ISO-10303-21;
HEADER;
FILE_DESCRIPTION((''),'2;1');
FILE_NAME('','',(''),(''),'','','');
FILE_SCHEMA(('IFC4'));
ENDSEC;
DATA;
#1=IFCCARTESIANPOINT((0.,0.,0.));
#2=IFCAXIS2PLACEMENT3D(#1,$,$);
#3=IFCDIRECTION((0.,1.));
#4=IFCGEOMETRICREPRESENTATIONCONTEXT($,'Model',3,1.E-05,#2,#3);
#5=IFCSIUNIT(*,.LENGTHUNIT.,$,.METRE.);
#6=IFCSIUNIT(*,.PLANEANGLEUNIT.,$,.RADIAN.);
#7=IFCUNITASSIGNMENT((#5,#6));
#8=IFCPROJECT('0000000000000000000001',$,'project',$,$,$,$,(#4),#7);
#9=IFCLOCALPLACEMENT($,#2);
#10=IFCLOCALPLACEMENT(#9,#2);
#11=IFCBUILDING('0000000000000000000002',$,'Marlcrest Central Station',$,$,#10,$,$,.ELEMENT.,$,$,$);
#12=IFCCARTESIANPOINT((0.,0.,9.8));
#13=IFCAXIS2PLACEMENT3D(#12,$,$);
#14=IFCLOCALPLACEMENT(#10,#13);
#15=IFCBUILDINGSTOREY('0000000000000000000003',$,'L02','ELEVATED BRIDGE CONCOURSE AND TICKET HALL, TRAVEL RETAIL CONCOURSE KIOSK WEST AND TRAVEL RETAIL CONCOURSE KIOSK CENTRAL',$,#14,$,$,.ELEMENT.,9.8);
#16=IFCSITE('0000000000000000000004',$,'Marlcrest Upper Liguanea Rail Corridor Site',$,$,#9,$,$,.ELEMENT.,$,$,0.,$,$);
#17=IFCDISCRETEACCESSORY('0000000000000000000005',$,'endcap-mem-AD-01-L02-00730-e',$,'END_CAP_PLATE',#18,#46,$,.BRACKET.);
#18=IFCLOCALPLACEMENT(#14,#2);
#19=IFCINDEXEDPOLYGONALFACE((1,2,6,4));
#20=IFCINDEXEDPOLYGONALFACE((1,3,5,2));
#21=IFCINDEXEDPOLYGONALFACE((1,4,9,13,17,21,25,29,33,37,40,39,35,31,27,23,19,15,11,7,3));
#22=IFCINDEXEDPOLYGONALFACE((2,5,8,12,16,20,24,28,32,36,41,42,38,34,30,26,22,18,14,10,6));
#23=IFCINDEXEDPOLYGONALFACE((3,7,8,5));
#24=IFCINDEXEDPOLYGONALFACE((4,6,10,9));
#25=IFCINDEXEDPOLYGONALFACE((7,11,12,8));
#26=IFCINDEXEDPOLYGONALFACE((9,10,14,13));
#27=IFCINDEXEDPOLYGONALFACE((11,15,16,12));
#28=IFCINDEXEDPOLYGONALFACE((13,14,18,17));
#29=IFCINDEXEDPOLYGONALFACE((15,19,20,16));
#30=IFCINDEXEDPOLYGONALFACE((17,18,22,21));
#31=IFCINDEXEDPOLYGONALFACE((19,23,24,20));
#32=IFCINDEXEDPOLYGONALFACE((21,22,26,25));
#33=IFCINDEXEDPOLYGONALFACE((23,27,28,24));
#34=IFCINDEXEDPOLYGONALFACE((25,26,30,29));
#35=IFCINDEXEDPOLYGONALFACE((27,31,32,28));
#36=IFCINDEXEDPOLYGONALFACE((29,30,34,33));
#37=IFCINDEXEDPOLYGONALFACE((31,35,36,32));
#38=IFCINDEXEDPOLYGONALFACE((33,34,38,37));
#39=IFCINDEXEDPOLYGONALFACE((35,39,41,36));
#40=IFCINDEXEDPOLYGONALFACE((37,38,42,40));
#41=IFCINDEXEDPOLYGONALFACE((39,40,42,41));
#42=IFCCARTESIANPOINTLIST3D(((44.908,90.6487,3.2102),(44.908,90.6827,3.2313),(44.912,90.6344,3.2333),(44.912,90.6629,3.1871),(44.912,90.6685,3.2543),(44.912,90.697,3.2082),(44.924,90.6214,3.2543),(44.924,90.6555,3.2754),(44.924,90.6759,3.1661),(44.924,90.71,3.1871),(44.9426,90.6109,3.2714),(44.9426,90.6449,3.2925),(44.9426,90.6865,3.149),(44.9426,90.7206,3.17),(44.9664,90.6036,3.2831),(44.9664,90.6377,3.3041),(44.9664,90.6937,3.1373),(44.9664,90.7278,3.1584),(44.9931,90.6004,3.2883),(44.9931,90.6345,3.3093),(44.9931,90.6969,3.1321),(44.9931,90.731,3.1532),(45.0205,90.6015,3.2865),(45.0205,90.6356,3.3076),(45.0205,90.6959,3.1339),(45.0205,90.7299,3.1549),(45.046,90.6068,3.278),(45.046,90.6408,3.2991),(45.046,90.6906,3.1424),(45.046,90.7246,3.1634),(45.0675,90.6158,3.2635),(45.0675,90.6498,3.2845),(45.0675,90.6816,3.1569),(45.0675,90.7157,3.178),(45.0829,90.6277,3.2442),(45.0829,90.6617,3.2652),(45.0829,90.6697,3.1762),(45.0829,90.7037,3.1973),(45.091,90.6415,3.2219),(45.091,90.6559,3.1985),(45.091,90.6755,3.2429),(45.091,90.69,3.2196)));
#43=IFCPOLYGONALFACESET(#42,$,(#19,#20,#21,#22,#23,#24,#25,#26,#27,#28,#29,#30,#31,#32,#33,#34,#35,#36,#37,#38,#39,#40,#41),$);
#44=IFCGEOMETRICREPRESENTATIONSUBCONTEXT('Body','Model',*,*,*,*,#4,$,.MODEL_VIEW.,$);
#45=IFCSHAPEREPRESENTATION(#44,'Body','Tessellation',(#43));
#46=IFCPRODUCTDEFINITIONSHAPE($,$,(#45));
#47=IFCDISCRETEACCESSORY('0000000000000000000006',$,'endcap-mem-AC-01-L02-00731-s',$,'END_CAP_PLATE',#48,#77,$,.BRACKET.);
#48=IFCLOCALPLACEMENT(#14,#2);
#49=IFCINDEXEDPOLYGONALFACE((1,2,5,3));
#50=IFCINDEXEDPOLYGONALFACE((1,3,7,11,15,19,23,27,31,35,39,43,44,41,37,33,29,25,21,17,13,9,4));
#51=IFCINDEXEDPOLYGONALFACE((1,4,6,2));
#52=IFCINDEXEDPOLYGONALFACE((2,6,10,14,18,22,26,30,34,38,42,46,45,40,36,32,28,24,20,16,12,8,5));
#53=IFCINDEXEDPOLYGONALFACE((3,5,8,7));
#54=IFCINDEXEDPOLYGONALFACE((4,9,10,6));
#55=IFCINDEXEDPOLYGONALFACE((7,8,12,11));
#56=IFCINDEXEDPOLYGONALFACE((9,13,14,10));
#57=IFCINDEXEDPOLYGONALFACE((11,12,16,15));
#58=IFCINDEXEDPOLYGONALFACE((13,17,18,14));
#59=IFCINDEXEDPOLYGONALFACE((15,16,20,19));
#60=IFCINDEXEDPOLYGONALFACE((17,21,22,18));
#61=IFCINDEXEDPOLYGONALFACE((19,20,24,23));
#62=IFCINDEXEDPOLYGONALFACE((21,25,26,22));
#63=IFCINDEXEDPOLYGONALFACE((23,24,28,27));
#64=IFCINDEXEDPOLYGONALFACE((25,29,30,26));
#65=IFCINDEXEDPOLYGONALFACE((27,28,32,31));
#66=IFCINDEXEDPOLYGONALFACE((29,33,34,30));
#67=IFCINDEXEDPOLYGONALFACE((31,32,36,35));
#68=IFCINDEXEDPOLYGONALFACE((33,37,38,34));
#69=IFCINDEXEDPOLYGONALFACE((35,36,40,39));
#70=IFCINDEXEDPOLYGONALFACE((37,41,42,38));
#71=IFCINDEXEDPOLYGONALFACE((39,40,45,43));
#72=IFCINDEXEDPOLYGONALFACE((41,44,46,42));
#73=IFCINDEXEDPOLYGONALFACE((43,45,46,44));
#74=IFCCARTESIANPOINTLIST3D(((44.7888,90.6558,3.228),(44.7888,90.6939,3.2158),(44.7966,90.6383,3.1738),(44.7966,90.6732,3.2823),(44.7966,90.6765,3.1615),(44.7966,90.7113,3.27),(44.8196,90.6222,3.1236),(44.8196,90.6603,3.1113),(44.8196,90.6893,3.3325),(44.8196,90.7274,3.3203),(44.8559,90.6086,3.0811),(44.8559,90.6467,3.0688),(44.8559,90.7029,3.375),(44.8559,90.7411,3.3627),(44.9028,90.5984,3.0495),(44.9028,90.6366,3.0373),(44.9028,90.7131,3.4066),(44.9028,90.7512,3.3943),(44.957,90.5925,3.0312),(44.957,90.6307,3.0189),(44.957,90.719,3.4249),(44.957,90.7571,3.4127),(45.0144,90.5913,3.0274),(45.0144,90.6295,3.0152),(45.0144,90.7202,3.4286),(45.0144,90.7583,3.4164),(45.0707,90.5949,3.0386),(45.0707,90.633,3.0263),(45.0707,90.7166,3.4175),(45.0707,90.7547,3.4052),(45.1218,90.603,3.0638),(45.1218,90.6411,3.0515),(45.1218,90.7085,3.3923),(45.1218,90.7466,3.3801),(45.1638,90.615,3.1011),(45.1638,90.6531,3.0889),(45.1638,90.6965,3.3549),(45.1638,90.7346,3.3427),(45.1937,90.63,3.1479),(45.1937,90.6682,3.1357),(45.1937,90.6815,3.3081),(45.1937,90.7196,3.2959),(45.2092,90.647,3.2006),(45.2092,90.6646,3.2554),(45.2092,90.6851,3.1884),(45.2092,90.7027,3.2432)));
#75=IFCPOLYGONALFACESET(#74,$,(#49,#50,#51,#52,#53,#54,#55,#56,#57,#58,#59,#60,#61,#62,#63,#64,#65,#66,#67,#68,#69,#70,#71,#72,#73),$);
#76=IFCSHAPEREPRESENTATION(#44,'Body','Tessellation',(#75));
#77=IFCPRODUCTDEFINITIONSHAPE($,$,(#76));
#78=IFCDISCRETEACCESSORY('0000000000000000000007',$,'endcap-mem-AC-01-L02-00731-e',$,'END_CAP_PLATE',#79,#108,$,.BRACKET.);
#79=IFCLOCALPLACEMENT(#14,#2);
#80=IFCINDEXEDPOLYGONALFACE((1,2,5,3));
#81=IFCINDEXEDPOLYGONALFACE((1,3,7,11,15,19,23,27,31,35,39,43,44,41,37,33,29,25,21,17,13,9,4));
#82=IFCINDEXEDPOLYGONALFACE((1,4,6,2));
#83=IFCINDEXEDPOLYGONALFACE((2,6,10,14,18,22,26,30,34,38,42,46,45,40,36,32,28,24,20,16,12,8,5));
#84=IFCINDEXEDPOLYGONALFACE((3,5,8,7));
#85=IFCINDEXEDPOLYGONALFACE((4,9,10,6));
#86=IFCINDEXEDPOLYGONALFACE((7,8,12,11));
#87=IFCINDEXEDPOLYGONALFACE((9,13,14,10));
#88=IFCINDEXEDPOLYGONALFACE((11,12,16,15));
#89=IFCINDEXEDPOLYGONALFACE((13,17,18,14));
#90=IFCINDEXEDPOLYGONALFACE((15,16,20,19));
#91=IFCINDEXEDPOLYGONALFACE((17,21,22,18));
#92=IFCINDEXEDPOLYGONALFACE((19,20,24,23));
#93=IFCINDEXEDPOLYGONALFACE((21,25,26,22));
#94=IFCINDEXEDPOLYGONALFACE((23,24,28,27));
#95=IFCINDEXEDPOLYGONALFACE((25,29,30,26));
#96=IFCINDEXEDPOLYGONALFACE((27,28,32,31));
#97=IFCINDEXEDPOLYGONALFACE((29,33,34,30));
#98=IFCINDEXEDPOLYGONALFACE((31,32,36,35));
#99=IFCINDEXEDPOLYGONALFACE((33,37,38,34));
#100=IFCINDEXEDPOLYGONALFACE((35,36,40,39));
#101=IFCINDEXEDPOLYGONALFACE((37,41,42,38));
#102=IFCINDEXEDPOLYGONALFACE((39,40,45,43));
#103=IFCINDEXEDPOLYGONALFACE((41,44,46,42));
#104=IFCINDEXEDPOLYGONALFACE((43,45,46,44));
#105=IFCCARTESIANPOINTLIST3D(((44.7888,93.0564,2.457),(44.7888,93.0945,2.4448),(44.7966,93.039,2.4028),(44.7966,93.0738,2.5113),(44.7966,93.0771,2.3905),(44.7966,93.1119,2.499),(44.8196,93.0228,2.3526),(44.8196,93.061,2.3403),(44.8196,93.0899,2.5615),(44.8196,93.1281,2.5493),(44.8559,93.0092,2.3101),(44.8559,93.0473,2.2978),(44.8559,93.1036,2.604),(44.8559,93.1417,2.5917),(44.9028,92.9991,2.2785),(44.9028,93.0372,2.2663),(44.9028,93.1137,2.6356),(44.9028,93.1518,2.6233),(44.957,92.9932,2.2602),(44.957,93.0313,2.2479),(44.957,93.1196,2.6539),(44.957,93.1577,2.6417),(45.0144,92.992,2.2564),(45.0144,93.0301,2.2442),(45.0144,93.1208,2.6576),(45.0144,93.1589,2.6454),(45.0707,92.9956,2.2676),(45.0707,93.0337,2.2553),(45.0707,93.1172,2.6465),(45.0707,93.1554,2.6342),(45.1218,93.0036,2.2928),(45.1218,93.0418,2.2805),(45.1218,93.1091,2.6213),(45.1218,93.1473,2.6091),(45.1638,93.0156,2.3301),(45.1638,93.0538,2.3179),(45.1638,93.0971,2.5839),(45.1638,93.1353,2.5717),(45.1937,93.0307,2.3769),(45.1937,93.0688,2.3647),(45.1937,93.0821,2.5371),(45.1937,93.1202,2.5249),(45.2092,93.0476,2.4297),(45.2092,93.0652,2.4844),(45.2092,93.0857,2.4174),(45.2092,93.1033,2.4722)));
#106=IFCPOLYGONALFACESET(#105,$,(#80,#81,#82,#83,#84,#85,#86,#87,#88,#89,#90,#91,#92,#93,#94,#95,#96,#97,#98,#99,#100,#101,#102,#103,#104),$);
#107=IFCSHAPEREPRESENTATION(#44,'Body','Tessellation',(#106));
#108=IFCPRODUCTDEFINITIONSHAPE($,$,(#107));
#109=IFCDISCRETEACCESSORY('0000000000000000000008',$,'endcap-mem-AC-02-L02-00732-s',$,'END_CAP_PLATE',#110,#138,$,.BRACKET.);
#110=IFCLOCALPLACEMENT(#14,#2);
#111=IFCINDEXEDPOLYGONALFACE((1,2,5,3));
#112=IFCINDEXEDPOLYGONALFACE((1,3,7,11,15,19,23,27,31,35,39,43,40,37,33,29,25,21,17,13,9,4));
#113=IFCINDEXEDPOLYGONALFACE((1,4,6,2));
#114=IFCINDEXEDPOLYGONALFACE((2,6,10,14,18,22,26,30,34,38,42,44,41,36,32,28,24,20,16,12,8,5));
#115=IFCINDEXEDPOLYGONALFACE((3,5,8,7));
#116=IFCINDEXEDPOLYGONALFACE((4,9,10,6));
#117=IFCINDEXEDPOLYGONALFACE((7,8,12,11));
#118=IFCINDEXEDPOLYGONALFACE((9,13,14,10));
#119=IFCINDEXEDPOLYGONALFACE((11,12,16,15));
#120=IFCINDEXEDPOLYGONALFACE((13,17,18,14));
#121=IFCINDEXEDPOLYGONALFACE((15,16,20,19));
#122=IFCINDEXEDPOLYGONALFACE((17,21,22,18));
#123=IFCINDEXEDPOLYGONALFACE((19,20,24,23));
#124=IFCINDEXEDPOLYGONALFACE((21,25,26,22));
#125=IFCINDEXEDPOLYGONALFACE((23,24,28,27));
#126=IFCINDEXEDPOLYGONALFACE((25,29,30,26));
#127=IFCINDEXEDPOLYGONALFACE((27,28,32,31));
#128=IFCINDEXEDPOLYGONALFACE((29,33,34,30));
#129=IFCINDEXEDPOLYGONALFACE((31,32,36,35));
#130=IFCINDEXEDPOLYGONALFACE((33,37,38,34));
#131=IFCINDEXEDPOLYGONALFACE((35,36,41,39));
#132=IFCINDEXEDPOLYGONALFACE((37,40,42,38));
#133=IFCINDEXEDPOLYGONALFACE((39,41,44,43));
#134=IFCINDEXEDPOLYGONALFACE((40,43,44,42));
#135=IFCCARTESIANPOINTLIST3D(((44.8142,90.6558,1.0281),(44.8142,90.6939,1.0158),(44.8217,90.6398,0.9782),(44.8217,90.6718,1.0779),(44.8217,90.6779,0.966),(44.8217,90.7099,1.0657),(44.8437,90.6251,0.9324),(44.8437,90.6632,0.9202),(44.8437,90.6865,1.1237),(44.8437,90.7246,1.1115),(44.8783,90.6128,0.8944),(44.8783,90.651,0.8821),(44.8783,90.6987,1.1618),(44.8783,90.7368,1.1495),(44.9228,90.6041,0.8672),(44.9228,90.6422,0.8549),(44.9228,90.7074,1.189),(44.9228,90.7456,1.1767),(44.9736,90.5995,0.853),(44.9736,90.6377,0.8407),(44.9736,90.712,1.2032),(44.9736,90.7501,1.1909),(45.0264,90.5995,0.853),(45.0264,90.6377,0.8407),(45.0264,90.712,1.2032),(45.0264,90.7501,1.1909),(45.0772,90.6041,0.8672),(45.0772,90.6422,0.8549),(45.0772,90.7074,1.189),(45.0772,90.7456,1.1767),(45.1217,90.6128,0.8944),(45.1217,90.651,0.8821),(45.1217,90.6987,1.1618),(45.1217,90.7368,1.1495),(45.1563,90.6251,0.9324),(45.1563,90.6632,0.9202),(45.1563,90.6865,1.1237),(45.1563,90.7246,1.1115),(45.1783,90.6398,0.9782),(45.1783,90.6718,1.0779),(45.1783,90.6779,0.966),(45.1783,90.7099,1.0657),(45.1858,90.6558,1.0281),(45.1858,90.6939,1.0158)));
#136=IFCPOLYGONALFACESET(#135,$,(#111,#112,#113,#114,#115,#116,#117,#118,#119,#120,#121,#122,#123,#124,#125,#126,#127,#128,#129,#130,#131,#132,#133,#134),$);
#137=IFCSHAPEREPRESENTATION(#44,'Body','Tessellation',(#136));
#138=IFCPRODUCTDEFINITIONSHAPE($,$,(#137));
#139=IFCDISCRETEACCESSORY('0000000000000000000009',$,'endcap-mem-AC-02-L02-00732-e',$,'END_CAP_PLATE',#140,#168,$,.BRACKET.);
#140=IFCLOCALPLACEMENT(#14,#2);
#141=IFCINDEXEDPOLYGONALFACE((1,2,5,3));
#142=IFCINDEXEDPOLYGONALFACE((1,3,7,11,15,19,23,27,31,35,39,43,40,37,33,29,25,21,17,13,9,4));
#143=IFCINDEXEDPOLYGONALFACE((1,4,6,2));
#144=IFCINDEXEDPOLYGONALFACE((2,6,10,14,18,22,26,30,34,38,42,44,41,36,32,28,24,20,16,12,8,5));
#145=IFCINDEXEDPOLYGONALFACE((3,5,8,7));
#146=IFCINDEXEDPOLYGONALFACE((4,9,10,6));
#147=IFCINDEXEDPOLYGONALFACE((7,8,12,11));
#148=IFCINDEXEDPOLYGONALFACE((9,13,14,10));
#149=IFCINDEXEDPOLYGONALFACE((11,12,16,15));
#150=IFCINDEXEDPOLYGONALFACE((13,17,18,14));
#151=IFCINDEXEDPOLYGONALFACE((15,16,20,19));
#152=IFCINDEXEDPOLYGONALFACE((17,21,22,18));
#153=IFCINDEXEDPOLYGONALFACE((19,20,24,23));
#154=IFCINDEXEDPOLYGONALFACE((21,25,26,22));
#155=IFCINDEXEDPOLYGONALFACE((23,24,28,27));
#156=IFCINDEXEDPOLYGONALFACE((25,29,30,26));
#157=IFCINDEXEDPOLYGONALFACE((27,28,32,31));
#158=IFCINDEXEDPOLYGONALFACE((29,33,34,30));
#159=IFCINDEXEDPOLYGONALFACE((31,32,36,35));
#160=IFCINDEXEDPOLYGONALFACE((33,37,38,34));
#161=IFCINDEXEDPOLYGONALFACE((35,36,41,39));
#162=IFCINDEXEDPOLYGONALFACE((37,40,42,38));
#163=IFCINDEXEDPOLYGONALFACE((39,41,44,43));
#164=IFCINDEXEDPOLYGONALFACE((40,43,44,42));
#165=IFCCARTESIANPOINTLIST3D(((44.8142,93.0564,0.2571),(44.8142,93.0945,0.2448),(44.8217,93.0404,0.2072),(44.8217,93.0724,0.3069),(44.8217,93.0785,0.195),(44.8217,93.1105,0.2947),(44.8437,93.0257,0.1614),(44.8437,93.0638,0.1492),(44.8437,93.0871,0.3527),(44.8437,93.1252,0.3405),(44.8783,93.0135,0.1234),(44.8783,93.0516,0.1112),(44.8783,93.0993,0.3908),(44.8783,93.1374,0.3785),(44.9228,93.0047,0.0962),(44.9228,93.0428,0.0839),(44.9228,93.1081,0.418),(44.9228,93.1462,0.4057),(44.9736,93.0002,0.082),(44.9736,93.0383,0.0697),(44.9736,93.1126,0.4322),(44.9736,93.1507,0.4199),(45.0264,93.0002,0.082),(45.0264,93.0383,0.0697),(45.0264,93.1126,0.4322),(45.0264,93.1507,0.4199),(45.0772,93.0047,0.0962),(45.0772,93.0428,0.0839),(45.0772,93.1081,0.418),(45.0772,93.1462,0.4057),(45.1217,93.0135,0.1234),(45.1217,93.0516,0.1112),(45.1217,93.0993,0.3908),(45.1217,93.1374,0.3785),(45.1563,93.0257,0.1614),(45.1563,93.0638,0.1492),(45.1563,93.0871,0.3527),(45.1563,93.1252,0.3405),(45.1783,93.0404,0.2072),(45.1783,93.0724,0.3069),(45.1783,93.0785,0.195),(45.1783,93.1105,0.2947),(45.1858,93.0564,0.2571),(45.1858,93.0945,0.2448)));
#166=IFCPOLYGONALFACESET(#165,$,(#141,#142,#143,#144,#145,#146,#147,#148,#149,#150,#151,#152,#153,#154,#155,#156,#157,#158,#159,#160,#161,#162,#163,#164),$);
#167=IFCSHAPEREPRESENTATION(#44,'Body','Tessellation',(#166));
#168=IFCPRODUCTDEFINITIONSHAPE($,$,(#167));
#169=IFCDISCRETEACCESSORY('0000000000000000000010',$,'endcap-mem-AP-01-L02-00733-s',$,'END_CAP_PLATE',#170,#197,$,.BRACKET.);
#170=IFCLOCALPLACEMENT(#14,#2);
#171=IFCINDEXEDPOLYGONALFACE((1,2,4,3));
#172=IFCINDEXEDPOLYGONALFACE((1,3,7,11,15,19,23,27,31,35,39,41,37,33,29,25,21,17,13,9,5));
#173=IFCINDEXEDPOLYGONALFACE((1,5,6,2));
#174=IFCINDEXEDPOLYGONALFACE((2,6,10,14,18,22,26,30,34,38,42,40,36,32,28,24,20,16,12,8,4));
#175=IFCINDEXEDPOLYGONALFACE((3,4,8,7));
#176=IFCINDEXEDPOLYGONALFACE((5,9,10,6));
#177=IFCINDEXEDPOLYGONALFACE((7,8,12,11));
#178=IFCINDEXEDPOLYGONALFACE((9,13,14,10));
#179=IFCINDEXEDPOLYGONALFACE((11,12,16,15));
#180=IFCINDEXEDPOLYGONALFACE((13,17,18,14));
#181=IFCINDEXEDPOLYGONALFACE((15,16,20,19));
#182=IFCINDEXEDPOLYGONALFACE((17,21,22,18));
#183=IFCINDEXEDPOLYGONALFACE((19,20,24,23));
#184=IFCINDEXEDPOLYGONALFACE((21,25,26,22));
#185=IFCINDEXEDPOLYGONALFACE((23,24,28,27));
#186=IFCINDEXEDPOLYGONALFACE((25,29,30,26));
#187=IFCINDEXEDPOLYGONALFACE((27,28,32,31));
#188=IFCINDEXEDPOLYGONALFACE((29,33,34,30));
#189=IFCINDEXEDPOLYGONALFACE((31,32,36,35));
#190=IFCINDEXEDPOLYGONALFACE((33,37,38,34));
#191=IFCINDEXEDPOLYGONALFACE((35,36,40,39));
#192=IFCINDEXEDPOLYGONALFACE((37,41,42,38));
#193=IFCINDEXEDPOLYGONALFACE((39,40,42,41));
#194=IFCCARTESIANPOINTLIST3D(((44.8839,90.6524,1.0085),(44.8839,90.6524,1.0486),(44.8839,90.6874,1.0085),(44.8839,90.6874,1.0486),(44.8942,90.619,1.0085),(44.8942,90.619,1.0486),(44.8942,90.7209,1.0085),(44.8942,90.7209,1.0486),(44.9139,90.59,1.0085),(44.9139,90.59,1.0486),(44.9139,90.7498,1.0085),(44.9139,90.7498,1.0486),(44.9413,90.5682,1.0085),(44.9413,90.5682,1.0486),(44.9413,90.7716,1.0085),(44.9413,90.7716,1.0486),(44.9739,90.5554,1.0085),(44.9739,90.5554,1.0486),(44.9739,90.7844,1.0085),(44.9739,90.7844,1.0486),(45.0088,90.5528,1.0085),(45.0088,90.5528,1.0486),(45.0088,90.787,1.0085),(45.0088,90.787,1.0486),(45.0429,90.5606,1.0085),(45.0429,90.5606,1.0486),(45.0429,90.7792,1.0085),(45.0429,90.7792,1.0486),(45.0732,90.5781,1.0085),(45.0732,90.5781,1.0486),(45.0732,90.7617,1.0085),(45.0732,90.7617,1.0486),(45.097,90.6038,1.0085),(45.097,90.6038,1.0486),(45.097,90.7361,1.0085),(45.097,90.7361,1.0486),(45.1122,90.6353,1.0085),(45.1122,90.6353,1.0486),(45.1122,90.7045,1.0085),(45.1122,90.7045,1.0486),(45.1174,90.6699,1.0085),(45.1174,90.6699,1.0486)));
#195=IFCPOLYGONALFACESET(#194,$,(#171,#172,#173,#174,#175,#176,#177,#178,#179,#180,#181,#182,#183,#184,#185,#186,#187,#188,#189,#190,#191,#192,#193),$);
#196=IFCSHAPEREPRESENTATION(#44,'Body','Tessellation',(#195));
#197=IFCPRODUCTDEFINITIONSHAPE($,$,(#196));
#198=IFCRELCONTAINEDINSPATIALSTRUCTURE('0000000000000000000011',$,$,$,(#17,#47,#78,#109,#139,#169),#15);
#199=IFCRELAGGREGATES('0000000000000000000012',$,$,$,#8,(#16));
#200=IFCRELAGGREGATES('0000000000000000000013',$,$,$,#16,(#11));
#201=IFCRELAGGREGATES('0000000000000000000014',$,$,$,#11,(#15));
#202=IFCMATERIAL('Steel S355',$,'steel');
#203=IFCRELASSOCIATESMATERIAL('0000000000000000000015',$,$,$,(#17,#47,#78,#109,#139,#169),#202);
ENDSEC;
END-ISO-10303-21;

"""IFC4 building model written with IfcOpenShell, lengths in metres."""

from ifc_helpers import new_model, si_unit, direction, frame, origin, origin_2d, place, context, subcontext, project, spatial, circle, extrude, material, element, save


model = new_model("IFC4")

# Units and contexts
model_context = context("Model", 3, precision=1e-05, world=origin(), true_north=direction((0.0, 1.0)))
body_context = subcontext(model_context, "Body", "Model", "MODEL_VIEW")
ifc_project = project(units=[si_unit("LENGTHUNIT", "METRE"), si_unit("PLANEANGLEUNIT", "RADIAN")], contexts=[model_context])

# Site, building, storey
site_placement = place(None, origin())
site = spatial("IfcSite", under=ifc_project, at=site_placement, Name="Marlcrest Upper Liguanea Rail Corridor Site", CompositionType="ELEMENT", RefElevation=0.0)
building_placement = place(site_placement, origin())
building = spatial("IfcBuilding", under=site, at=building_placement, Name="Marlcrest Central Station", CompositionType="ELEMENT")
storey_placement = place(building_placement, frame((0.0, 0.0, 9.8)))
storey = spatial("IfcBuildingStorey", under=building, at=storey_placement, Name="L02", Description="ELEVATED BRIDGE CONCOURSE AND TICKET HALL, TRAVEL RETAIL CONCOURSE KIOSK WEST AND TRAVEL RETAIL CONCOURSE KIOSK CENTRAL", CompositionType="ELEMENT", Elevation=9.8)

# Shared definitions
ifc_material_1 = material(Name="Steel S355", Category="steel")

# Discrete accessories
discrete_accessory_1_placement = place(storey_placement, frame((45.0, 90.6487, 3.2102), z_axis=(0.0, 0.850687, 0.525672), x_axis=(-1.0, 0.0, 0.0)))
element("IfcDiscreteAccessory", 1, at=discrete_accessory_1_placement, inside=storey, material=ifc_material_1, Name="endcap-mem-AD-01-L02-00730-e", ObjectType="END_CAP_PLATE", PredefinedType="BRACKET", context=body_context, shape_type="SweptSolid", body=[
    extrude(circle(Radius=0.092, at=origin_2d()), origin(), (0.0, 0.0, 1.0), 0.04),
])
for number, where, z_axis, x_axis, name in (
    (2, (45.0, 90.6558, 3.228), (0.0, 0.952117, -0.305734), (-1.0, 0.0, 0.0), "endcap-mem-AC-01-L02-00731-s"),
    (3, (45.0, 93.0564, 2.457), (0.0, 0.952117, -0.305734), (-1.0, 0.0, 0.0), "endcap-mem-AC-01-L02-00731-e"),
):
    element("IfcDiscreteAccessory", number, at=place(storey_placement, frame(where, z_axis=z_axis, x_axis=x_axis)), inside=storey, material=ifc_material_1, Name=name, ObjectType="END_CAP_PLATE", PredefinedType="BRACKET", context=body_context, shape_type="SweptSolid", body=[
        extrude(circle(Radius=0.2112, at=origin_2d()), origin(), (0.0, 0.0, 1.0), 0.04),
    ])
for number, where, z_axis, x_axis, name in (
    (4, (45.0, 90.6558, 1.0281), (0.0, 0.952117, -0.305734), (-1.0, 0.0, 0.0), "endcap-mem-AC-02-L02-00732-s"),
    (5, (45.0, 93.0564, 0.2571), (0.0, 0.952117, -0.305734), (-1.0, 0.0, 0.0), "endcap-mem-AC-02-L02-00732-e"),
):
    element("IfcDiscreteAccessory", number, at=place(storey_placement, frame(where, z_axis=z_axis, x_axis=x_axis)), inside=storey, material=ifc_material_1, Name=name, ObjectType="END_CAP_PLATE", PredefinedType="BRACKET", context=body_context, shape_type="SweptSolid", body=[
        extrude(circle(Radius=0.1858, at=origin_2d()), origin(), (0.0, 0.0, 1.0), 0.04),
    ])
for number, where, z_axis, x_axis, name in (
    (6, (45.0, 90.6699, 1.0085), (0.0, 0.0, 1.0), (1.0, 0.0, 0.0), "endcap-mem-AP-01-L02-00733-s"),
):
    element("IfcDiscreteAccessory", number, at=place(storey_placement, frame(where, z_axis=z_axis, x_axis=x_axis)), inside=storey, material=ifc_material_1, Name=name, ObjectType="END_CAP_PLATE", PredefinedType="BRACKET", context=body_context, shape_type="SweptSolid", body=[
        extrude(circle(Radius=0.1174, at=origin_2d()), origin(), (0.0, 0.0, 1.0), 0.04),
    ])

save(model, "model.ifc")
